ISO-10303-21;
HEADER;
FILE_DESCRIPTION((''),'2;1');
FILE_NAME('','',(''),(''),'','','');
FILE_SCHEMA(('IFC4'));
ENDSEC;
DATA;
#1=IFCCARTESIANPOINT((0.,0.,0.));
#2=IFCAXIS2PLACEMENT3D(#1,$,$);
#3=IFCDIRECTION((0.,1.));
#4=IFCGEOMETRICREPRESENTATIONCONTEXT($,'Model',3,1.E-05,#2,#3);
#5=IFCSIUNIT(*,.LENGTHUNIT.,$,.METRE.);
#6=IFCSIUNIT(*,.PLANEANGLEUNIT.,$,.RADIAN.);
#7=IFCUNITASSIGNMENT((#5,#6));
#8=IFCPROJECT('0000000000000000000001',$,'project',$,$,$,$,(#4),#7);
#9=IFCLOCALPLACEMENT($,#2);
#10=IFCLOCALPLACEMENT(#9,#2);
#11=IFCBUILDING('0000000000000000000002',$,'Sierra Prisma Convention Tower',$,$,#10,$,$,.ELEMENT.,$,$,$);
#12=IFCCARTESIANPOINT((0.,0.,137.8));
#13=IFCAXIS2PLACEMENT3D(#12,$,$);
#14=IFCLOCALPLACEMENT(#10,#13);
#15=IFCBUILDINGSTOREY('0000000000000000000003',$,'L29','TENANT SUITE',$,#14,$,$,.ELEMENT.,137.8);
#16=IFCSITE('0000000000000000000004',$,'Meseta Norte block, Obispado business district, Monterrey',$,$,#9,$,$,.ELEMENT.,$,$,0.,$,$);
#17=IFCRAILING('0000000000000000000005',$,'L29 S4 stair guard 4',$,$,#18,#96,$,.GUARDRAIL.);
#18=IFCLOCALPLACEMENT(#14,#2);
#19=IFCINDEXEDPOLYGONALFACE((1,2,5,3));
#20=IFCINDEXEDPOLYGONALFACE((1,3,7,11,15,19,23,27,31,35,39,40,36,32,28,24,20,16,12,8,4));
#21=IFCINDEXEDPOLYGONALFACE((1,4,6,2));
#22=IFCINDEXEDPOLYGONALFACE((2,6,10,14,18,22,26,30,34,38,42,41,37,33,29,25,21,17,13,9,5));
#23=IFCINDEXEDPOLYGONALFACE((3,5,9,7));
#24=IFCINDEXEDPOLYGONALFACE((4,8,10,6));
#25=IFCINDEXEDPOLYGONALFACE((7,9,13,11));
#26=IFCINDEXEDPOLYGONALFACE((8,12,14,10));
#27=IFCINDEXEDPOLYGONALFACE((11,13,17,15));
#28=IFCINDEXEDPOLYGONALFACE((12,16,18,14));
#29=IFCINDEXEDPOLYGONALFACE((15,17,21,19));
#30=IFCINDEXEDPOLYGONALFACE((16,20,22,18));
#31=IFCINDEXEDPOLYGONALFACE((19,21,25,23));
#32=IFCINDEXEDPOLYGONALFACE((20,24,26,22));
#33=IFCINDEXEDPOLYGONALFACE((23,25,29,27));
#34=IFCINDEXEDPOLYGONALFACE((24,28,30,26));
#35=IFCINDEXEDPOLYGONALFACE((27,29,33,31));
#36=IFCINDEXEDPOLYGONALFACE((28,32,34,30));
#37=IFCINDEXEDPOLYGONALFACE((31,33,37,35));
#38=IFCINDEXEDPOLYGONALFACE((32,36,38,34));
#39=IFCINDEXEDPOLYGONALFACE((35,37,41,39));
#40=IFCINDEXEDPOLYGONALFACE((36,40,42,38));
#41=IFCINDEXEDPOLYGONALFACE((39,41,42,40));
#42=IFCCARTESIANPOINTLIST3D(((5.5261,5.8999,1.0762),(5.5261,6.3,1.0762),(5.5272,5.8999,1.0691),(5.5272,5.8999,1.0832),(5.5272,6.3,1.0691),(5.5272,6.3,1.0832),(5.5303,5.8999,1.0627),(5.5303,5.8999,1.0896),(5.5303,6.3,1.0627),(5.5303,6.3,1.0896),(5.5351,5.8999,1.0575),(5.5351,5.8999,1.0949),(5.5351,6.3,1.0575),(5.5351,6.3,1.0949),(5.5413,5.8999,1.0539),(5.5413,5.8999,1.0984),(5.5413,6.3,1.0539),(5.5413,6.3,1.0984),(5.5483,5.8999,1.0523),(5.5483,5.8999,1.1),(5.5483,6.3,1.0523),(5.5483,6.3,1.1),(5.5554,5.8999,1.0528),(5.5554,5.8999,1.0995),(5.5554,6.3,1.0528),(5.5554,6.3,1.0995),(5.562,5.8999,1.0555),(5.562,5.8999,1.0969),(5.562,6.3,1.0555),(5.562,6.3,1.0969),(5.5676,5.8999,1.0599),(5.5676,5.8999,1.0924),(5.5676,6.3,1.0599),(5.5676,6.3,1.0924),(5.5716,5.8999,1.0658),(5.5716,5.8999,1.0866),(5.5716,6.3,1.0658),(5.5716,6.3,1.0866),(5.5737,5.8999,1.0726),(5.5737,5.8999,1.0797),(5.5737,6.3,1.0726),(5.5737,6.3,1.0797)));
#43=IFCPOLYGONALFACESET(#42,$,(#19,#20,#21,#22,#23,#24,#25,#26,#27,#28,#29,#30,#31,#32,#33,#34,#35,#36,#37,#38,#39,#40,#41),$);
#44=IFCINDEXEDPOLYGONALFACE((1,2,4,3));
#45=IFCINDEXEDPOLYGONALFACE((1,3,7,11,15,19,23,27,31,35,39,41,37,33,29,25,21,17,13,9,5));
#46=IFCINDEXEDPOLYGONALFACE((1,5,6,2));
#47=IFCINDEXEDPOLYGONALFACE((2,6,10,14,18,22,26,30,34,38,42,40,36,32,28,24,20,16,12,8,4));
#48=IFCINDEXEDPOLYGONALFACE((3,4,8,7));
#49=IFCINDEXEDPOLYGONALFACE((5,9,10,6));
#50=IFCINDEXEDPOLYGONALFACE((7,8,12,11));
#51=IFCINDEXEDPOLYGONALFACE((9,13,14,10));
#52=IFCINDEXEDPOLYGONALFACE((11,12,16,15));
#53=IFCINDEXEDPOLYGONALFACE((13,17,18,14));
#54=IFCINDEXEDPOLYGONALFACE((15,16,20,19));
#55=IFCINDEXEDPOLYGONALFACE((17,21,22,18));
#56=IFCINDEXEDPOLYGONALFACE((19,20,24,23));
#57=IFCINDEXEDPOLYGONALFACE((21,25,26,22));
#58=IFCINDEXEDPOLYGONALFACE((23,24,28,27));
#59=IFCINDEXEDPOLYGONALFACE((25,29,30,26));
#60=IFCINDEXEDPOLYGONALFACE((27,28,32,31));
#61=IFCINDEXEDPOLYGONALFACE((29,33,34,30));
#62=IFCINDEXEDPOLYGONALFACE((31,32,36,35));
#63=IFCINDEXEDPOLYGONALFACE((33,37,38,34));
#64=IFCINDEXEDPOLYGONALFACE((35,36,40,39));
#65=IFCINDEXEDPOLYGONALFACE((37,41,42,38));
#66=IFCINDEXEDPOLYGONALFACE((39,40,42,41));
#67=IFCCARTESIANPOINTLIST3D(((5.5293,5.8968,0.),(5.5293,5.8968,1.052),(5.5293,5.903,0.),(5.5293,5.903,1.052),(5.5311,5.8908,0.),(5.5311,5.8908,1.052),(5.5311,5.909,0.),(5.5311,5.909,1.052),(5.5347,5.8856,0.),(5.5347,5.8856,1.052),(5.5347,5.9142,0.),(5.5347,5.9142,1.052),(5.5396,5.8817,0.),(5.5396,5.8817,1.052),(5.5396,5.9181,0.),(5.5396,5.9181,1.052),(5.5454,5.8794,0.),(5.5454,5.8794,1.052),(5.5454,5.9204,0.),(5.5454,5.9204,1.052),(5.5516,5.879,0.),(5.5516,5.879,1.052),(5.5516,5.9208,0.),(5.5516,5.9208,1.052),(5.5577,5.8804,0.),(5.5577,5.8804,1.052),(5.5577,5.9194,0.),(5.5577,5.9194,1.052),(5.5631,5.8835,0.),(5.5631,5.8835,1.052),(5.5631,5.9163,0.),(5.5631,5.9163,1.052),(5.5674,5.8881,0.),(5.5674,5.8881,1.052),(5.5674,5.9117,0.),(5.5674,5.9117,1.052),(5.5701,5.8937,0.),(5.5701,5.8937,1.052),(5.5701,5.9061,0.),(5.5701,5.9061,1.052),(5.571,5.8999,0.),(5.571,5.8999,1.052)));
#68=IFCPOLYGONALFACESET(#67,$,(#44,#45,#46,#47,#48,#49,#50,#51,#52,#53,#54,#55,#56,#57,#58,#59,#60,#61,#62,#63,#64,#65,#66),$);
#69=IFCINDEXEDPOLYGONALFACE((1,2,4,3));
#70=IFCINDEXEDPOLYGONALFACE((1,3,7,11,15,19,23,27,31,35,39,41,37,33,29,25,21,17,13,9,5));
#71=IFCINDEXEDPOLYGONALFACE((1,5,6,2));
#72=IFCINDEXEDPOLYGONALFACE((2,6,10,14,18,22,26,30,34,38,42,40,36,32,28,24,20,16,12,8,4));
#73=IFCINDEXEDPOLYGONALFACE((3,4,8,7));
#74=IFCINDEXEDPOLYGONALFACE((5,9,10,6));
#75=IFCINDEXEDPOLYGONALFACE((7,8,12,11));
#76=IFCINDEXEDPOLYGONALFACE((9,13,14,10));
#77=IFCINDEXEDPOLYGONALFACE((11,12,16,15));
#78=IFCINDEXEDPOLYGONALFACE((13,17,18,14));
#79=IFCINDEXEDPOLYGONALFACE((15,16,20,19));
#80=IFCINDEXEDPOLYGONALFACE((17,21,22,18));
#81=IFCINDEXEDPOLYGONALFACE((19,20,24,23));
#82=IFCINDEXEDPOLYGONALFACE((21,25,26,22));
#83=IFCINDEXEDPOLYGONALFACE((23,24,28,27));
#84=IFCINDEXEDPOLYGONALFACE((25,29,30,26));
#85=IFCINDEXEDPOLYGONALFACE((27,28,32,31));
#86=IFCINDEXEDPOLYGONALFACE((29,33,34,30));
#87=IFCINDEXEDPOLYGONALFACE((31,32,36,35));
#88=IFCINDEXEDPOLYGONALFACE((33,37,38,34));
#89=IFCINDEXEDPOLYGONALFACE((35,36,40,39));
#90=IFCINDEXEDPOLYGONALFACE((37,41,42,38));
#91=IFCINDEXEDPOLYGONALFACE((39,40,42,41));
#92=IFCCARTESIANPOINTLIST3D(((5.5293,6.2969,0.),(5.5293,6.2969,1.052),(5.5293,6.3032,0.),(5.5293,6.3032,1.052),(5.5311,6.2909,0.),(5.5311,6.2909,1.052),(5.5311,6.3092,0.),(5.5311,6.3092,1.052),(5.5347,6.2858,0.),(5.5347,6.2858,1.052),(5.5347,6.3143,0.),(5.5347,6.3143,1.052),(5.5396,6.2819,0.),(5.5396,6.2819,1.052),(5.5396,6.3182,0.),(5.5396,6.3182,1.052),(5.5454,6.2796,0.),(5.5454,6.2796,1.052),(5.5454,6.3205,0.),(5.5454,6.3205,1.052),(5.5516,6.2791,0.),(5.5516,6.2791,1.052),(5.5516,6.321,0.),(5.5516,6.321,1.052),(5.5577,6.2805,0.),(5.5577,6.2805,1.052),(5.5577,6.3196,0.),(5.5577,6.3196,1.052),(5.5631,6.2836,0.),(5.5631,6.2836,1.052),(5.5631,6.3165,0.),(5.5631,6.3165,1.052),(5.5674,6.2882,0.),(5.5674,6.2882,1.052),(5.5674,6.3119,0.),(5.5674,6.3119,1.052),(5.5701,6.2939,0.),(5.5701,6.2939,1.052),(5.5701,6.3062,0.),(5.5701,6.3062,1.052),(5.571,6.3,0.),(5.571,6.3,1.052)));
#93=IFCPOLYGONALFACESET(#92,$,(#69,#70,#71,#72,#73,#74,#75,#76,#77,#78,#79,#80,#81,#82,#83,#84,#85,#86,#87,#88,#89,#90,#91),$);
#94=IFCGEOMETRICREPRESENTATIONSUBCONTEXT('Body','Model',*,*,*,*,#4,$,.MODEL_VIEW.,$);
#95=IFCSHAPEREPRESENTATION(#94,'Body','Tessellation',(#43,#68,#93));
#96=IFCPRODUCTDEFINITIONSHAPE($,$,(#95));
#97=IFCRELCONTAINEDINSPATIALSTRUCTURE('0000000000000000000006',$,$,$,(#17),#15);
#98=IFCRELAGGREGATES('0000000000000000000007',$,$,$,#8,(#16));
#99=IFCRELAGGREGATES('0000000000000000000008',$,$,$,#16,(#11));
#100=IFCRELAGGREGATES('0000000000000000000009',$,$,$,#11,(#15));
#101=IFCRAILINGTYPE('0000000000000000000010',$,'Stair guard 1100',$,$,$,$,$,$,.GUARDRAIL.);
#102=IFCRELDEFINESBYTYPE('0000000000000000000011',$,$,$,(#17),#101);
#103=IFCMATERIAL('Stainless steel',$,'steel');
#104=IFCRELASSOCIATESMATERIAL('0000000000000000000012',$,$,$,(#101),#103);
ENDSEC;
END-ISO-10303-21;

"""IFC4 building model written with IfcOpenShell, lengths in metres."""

from ifc_helpers import new_model, si_unit, direction, frame, origin, origin_2d, place, context, subcontext, project, spatial, circle, extrude, material, type_object, element, save


model = new_model("IFC4")

# Units and contexts
model_context = context("Model", 3, precision=1e-05, world=origin(), true_north=direction((0.0, 1.0)))
body_context = subcontext(model_context, "Body", "Model", "MODEL_VIEW")
ifc_project = project(units=[si_unit("LENGTHUNIT", "METRE"), si_unit("PLANEANGLEUNIT", "RADIAN")], contexts=[model_context])

# Site, building, storey
site_placement = place(None, origin())
site = spatial("IfcSite", under=ifc_project, at=site_placement, Name="Meseta Norte block, Obispado business district, Monterrey", CompositionType="ELEMENT", RefElevation=0.0)
building_placement = place(site_placement, origin())
building = spatial("IfcBuilding", under=site, at=building_placement, Name="Sierra Prisma Convention Tower", CompositionType="ELEMENT")
storey_placement = place(building_placement, frame((0.0, 0.0, 137.8)))
storey = spatial("IfcBuildingStorey", under=building, at=storey_placement, Name="L29", Description="TENANT SUITE", CompositionType="ELEMENT", Elevation=137.8)

# Railing
ifc_material_1 = material(Name="Stainless steel", Category="steel")
railing_type_1 = type_object("IfcRailingType", Name="Stair guard 1100", PredefinedType="GUARDRAIL", material=ifc_material_1)
railing_1_placement = place(storey_placement, frame((5.55, 5.8999, 0.0)))
element("IfcRailing", 1, at=railing_1_placement, inside=storey, type_object=railing_type_1, Name="L29 S4 stair guard 4", PredefinedType="GUARDRAIL", context=body_context, shape_type="SweptSolid", body=[
    extrude(circle(Radius=0.0239, at=origin_2d()), frame((0.0, 0.0, 1.0762), z_axis=(0.0, 1.0, 0.0), x_axis=(-1.0, 0.0, 0.0)), (0.0, 0.0, 1.0), 0.4001),
    extrude(circle(Radius=0.021, at=origin_2d()), origin(), (0.0, 0.0, 1.0), 1.052),
    extrude(circle(Radius=0.021, at=origin_2d()), frame((0.0, 0.4001, 0.0)), (0.0, 0.0, 1.0), 1.052),
])

save(model, "model.ifc")
